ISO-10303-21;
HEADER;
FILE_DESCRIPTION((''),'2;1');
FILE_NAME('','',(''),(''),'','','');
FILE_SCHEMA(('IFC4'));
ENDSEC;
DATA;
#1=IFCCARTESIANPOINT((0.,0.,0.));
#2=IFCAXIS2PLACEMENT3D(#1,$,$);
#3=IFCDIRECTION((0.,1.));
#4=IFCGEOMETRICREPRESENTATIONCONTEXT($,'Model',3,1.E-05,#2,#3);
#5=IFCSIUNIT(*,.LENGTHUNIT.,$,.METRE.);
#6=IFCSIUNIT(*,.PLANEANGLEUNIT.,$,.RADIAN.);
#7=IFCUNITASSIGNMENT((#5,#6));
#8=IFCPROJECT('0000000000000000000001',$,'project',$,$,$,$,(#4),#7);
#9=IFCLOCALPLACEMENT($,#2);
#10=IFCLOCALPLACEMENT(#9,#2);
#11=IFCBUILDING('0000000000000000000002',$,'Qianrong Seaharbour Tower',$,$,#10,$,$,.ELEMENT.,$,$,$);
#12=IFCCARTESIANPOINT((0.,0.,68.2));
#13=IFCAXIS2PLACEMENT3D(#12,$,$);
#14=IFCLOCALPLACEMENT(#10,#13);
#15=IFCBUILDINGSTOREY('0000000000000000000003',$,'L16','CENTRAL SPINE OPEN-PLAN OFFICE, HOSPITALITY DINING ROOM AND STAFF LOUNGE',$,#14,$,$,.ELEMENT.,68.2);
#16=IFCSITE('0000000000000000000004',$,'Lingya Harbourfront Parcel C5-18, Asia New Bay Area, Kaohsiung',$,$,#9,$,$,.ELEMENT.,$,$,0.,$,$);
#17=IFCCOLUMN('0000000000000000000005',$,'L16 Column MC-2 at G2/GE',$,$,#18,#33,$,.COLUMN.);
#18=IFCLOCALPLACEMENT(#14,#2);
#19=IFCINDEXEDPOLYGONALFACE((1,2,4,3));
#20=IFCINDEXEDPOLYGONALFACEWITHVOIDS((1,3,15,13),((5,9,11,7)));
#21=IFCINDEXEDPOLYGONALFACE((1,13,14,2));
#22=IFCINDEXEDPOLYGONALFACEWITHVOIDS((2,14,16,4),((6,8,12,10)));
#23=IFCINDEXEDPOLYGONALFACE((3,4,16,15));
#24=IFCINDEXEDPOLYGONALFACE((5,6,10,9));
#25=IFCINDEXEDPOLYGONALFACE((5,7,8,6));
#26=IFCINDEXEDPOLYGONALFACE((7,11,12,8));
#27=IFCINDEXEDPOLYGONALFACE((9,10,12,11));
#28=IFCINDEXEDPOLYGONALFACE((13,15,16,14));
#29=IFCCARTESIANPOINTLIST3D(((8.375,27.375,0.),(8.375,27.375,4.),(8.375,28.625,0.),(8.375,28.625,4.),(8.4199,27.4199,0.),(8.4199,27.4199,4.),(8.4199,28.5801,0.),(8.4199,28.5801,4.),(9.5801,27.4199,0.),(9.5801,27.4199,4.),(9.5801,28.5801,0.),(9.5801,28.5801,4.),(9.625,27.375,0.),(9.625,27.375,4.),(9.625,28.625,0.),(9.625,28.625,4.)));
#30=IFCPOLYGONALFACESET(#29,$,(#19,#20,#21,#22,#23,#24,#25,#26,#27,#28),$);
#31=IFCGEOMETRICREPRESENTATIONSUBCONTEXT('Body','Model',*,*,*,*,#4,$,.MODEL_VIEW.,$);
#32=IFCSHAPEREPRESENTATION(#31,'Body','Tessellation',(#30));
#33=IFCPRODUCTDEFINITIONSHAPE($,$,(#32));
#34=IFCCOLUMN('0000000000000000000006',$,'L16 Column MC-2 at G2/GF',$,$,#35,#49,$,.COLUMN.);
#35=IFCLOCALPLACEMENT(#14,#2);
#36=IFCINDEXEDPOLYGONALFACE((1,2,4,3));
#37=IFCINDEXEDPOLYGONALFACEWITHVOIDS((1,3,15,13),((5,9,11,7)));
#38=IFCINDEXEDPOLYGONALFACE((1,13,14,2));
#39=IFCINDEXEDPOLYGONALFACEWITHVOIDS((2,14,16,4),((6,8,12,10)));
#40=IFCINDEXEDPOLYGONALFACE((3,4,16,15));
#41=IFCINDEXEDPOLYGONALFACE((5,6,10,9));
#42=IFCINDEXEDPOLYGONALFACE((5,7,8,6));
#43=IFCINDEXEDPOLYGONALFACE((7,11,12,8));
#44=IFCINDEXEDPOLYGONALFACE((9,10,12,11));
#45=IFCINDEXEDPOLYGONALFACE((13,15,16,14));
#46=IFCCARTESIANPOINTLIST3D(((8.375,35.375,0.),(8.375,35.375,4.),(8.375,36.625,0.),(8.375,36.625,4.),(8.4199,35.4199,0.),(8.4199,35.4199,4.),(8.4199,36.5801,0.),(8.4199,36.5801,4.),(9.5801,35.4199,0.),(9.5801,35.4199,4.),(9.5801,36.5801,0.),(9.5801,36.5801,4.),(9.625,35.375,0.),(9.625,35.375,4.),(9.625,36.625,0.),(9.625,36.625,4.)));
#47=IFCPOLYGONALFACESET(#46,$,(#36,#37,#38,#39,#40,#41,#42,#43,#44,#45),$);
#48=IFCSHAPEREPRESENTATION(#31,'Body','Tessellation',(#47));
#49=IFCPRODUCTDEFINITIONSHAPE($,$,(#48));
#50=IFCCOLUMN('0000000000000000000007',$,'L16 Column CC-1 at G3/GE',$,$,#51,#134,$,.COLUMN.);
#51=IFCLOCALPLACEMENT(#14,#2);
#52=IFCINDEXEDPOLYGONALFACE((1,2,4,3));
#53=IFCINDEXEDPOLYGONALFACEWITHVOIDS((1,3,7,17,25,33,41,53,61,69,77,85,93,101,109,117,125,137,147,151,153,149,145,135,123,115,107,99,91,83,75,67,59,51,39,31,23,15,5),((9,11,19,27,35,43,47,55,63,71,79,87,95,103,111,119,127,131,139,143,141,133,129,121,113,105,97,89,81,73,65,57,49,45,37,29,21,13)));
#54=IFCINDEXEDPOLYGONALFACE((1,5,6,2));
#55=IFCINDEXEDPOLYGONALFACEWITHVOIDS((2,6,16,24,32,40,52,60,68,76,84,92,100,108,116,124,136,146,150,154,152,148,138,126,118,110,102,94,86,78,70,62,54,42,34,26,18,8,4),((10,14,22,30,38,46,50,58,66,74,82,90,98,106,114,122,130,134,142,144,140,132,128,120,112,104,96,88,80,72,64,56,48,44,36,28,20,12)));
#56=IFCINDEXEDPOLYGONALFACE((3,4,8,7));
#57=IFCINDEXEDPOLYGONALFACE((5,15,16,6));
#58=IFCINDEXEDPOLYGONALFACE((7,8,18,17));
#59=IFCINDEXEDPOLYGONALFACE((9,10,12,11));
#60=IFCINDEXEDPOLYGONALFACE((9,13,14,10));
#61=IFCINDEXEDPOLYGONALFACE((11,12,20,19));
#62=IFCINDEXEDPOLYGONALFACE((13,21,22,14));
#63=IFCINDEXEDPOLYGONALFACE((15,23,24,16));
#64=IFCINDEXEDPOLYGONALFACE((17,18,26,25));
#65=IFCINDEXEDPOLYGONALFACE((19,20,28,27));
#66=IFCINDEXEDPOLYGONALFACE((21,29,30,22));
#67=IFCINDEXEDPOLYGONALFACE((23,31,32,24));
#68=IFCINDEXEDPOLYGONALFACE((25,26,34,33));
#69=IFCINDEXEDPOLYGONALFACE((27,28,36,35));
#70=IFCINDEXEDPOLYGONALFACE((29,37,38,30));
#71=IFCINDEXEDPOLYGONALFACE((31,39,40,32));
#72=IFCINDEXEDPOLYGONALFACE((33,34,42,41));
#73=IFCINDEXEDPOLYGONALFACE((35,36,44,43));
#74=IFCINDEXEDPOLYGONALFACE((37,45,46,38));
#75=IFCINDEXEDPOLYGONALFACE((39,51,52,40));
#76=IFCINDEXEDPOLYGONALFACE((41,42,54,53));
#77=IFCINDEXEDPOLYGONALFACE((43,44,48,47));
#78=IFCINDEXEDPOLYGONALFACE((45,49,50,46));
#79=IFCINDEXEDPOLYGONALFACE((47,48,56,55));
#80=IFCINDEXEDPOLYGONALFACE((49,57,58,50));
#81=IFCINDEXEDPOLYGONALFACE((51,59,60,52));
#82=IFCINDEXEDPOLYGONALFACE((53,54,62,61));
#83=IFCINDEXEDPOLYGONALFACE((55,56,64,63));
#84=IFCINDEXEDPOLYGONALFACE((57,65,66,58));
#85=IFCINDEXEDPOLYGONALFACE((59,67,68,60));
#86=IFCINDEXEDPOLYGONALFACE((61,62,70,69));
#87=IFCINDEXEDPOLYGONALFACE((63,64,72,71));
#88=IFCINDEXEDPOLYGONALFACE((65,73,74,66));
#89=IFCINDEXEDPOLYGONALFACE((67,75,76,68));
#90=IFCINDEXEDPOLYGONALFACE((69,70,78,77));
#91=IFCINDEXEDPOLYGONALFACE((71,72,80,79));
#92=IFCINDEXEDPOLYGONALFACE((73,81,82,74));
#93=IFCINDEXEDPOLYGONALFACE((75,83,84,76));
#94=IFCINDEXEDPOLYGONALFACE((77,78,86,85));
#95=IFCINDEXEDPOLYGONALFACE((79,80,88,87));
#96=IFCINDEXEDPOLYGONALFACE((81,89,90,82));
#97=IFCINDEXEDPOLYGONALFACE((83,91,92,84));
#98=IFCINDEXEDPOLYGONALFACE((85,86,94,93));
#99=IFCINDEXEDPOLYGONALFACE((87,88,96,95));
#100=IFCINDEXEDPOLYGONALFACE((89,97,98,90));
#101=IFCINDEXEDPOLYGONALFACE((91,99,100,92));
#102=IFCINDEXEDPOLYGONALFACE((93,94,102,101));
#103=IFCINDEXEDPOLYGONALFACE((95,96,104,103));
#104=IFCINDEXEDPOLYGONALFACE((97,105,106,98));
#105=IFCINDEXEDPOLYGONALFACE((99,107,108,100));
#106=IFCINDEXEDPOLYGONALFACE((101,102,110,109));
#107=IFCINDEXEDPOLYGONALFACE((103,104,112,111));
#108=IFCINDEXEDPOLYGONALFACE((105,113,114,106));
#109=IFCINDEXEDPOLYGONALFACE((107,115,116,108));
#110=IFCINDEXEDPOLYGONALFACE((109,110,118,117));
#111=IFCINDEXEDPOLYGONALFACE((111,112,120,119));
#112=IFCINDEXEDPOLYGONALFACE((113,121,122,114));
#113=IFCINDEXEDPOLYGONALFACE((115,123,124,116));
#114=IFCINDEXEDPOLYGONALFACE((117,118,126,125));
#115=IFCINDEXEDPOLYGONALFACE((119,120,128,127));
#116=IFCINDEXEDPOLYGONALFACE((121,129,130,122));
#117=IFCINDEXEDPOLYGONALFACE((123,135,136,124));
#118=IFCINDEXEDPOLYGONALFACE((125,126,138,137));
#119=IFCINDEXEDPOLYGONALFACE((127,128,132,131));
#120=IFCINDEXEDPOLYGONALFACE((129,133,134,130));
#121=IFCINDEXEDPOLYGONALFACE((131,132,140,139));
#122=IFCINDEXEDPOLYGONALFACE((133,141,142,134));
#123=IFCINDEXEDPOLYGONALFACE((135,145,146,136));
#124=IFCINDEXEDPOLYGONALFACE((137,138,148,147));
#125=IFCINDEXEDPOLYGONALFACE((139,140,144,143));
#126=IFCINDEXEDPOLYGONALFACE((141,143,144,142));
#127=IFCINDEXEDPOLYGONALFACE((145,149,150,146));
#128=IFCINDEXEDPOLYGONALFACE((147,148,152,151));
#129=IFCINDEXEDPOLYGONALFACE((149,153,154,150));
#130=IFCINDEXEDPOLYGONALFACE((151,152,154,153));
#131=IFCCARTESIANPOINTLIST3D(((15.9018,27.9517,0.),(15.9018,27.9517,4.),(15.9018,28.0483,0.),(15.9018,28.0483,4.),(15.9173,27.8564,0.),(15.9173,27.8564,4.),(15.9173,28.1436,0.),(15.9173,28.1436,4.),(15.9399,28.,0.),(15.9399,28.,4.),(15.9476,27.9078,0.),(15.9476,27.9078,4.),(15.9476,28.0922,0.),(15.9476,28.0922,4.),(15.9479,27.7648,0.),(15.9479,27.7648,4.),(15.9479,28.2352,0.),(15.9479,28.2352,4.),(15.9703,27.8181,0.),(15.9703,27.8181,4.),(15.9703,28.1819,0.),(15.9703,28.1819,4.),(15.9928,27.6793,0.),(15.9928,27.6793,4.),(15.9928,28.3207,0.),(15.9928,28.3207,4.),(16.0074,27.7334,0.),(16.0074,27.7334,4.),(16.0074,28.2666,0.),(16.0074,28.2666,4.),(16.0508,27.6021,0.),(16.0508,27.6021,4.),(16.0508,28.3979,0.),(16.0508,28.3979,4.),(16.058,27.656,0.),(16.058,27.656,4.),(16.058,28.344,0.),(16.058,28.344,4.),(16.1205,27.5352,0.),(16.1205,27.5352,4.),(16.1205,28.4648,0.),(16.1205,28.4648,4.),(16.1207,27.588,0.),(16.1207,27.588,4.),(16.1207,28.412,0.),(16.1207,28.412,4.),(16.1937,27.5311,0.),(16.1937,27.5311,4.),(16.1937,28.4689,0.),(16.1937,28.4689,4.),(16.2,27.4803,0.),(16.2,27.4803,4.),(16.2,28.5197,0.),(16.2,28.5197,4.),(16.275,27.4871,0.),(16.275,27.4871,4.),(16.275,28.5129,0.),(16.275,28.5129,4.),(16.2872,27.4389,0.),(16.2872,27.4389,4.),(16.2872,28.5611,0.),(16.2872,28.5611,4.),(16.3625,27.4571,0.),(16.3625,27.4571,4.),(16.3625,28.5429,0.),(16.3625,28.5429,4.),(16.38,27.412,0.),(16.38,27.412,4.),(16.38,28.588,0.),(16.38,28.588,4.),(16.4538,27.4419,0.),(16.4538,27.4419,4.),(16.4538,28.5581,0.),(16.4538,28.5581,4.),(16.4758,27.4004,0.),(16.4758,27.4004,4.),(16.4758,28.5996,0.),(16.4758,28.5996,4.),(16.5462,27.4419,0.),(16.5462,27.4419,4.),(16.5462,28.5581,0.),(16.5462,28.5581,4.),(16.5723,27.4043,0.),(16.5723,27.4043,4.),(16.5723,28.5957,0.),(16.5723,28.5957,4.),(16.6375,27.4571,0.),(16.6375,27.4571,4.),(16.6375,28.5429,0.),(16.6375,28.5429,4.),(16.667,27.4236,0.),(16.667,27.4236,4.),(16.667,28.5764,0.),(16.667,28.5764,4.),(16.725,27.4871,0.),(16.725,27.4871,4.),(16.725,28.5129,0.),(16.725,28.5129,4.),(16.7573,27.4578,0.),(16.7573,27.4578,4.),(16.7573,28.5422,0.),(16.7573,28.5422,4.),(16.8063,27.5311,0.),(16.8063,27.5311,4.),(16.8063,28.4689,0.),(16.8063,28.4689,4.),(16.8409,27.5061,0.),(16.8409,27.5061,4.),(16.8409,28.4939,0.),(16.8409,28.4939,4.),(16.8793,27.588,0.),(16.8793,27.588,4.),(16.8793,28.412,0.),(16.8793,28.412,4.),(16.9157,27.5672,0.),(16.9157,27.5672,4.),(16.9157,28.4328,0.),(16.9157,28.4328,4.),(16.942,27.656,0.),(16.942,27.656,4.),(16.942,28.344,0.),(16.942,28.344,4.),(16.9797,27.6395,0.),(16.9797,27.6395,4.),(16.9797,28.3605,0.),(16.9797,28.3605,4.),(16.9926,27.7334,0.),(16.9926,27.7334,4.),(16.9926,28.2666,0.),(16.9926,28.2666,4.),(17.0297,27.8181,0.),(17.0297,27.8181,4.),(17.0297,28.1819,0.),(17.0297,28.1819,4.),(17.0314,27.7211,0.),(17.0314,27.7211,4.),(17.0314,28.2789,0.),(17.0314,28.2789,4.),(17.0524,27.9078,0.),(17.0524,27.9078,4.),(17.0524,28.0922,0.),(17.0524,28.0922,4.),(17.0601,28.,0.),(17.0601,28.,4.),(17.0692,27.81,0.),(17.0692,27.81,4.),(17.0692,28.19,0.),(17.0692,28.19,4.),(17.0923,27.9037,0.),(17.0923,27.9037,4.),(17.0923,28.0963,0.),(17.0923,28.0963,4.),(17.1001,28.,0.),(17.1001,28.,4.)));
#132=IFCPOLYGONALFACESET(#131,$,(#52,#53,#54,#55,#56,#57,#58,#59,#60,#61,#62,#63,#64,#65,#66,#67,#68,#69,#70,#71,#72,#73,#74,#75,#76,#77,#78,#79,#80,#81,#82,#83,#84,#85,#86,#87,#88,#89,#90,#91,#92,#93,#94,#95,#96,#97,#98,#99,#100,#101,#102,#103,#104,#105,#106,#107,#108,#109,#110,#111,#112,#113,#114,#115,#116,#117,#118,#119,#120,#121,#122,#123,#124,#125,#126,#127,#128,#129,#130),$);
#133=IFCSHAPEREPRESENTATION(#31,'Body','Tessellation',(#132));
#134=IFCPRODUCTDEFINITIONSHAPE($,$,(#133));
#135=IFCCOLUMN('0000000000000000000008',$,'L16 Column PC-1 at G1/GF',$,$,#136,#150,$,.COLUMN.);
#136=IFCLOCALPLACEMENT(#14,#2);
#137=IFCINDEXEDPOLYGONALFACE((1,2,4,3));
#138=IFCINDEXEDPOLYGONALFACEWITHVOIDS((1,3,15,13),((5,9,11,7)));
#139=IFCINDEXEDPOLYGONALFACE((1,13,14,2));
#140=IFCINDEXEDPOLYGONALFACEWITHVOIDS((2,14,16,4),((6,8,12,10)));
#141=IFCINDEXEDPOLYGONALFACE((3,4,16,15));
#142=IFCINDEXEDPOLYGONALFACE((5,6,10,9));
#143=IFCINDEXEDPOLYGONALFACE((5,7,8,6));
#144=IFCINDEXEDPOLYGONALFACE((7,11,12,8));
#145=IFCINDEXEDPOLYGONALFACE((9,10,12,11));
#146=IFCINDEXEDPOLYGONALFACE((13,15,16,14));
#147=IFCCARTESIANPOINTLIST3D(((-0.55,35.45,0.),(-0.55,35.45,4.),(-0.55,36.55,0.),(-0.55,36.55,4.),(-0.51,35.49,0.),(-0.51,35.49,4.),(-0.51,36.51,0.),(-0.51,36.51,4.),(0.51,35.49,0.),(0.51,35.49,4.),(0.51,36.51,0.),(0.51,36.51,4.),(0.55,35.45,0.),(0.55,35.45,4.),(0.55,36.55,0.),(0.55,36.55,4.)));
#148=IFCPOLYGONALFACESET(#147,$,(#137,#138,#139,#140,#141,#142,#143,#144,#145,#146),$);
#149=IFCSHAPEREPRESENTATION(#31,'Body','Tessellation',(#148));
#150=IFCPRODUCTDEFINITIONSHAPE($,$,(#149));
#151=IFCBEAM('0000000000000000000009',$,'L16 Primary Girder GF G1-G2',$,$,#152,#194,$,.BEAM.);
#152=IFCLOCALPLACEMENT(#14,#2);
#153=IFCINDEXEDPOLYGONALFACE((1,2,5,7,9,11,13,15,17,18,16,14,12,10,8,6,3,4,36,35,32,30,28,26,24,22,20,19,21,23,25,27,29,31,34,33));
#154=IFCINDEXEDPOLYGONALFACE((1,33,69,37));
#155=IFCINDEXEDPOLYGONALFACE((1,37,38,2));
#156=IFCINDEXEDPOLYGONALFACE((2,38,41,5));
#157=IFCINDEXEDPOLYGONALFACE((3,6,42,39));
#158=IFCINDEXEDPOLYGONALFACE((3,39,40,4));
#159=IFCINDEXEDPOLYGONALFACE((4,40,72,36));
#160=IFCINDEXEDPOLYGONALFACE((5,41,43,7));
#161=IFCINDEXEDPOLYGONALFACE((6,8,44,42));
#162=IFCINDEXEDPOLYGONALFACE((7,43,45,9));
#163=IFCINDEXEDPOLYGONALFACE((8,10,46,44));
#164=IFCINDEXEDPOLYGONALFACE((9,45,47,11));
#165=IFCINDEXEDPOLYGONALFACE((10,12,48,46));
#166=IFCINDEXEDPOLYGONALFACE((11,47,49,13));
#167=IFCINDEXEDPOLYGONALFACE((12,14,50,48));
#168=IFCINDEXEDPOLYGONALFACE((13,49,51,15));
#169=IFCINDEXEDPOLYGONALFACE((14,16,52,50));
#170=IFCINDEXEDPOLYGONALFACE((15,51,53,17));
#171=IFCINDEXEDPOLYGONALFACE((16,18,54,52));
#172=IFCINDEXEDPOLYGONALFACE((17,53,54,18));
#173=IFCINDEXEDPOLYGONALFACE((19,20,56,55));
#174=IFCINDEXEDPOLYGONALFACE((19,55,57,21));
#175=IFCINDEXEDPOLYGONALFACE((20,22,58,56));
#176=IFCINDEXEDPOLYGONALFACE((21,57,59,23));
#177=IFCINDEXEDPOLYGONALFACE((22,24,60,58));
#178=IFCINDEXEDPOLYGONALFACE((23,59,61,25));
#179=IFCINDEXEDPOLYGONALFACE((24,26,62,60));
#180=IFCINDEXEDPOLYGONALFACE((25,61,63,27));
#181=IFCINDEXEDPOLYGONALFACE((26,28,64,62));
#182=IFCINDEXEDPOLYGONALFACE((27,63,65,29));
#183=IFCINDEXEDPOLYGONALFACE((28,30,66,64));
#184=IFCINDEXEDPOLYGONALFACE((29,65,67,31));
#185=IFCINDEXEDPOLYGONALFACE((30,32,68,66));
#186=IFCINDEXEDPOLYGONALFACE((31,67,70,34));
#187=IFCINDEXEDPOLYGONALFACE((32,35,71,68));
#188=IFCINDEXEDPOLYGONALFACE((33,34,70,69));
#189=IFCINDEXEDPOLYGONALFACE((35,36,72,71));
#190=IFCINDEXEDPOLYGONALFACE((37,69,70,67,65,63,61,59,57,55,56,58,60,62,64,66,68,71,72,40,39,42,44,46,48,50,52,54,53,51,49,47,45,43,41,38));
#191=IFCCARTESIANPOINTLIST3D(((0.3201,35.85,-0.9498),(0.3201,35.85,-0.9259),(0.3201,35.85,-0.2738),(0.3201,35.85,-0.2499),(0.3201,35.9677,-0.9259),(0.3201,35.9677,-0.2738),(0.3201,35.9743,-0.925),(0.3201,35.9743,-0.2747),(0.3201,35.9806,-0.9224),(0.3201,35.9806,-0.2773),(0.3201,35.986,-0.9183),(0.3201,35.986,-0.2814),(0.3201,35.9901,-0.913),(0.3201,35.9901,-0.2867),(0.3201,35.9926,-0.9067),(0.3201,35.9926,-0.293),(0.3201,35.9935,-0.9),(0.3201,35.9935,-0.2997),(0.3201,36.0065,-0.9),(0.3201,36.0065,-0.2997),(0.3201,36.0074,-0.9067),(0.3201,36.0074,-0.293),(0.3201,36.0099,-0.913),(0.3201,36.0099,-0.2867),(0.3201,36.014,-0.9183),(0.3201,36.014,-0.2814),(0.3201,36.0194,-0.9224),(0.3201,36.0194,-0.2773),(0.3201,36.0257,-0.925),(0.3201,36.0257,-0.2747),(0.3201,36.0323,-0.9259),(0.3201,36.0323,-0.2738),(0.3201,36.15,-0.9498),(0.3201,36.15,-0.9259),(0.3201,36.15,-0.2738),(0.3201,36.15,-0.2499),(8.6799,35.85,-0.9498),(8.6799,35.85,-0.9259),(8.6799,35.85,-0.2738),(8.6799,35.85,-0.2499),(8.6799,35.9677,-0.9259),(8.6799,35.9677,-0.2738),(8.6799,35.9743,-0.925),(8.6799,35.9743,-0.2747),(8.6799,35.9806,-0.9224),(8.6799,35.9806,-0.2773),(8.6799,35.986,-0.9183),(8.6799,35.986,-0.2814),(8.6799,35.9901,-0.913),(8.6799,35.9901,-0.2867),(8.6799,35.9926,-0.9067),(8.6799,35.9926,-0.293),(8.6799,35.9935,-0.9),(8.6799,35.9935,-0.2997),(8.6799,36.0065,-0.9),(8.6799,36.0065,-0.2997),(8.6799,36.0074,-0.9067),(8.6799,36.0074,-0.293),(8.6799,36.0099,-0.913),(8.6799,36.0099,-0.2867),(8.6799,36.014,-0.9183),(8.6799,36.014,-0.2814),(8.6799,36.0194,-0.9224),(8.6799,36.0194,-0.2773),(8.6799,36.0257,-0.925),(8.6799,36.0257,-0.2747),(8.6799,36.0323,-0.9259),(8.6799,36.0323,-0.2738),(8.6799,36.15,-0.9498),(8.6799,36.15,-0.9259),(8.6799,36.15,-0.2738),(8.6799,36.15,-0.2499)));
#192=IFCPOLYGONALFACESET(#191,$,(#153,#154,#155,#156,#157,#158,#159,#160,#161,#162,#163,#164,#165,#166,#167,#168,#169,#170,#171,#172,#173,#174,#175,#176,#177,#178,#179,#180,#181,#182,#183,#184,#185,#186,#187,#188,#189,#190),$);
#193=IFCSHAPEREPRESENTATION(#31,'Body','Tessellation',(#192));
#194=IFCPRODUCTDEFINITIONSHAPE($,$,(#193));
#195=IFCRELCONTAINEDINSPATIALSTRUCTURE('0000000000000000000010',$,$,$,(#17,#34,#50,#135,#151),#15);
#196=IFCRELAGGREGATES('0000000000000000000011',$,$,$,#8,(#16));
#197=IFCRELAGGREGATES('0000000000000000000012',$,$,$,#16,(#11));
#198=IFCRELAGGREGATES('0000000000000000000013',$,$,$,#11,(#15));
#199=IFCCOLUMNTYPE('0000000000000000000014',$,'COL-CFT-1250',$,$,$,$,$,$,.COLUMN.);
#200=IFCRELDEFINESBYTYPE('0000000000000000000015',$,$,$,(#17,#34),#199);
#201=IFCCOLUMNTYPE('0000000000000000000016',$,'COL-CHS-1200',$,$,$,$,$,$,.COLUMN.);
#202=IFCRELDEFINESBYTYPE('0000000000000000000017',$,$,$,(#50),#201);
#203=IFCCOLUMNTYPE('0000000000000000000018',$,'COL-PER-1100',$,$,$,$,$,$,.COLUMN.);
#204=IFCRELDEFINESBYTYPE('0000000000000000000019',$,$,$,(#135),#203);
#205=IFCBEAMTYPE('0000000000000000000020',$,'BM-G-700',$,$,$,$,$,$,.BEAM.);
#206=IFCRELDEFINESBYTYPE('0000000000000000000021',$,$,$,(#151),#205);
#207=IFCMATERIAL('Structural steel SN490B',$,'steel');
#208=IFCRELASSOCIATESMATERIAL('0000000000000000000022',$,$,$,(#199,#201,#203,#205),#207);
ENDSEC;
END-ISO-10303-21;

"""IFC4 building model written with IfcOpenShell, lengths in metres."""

from ifc_helpers import new_model, si_unit, direction, frame, origin, origin_2d, place, context, subcontext, project, spatial, hollow_rectangle, hollow_circle, i_section, extrude, material, material_profile, profile_set, type_object, element, save


model = new_model("IFC4")

# Units and contexts
model_context = context("Model", 3, precision=1e-05, world=origin(), true_north=direction((0.0, 1.0)))
body_context = subcontext(model_context, "Body", "Model", "MODEL_VIEW")
ifc_project = project(units=[si_unit("LENGTHUNIT", "METRE"), si_unit("PLANEANGLEUNIT", "RADIAN")], contexts=[model_context])

# Site, building, storey
site_placement = place(None, origin())
site = spatial("IfcSite", under=ifc_project, at=site_placement, Name="Lingya Harbourfront Parcel C5-18, Asia New Bay Area, Kaohsiung", CompositionType="ELEMENT", RefElevation=0.0)
building_placement = place(site_placement, origin())
building = spatial("IfcBuilding", under=site, at=building_placement, Name="Qianrong Seaharbour Tower", CompositionType="ELEMENT")
storey_placement = place(building_placement, frame((0.0, 0.0, 68.2)))
storey = spatial("IfcBuildingStorey", under=building, at=storey_placement, Name="L16", Description="CENTRAL SPINE OPEN-PLAN OFFICE, HOSPITALITY DINING ROOM AND STAFF LOUNGE", CompositionType="ELEMENT", Elevation=68.2)

# Columns
ifc_material_1 = material(Name="Structural steel SN490B", Category="steel")
ifc_material_profile_1 = material_profile(ifc_material_1, hollow_rectangle(XDim=1.25, YDim=1.25, WallThickness=0.0449, at=origin_2d()), Name="BOX1250x1250x45")
ifc_profile_set_1 = profile_set([ifc_material_profile_1], Name="Structural steel SN490B")
column_type_1 = type_object("IfcColumnType", Name="COL-CFT-1250", PredefinedType="COLUMN", material=ifc_profile_set_1)
for number, where, z_axis, x_axis, name in (
    (1, (9.0, 28.0, 0.0), (0.0, 0.0, 1.0), (1.0, 0.0, 0.0), "L16 Column MC-2 at G2/GE"),
    (2, (9.0, 36.0, 0.0), (0.0, 0.0, 1.0), (1.0, 0.0, 0.0), "L16 Column MC-2 at G2/GF"),
):
    element("IfcColumn", number, at=place(storey_placement, frame(where, z_axis=z_axis, x_axis=x_axis)), inside=storey, type_object=column_type_1, Name=name, PredefinedType="COLUMN", context=body_context, shape_type="SweptSolid", body=[
        extrude(hollow_rectangle(XDim=1.25, YDim=1.25, WallThickness=0.0449, at=origin_2d()), origin(), (0.0, 0.0, 1.0), 4.0),
    ])
ifc_material_profile_2 = material_profile(ifc_material_1, hollow_circle(Radius=0.6001, WallThickness=0.04, at=origin_2d()), Name="CHS1200x40")
ifc_profile_set_2 = profile_set([ifc_material_profile_2], Name="Structural steel SN490B")
column_type_2 = type_object("IfcColumnType", Name="COL-CHS-1200", PredefinedType="COLUMN", material=ifc_profile_set_2)
column_1_placement = place(storey_placement, frame((16.5, 28.0, 0.0), z_axis=(0.0, 0.0, 1.0), x_axis=(1.0, 0.0, 0.0)))
element("IfcColumn", 3, at=column_1_placement, inside=storey, type_object=column_type_2, Name="L16 Column CC-1 at G3/GE", PredefinedType="COLUMN", context=body_context, shape_type="SweptSolid", body=[
    extrude(hollow_circle(Radius=0.6001, WallThickness=0.04, at=origin_2d()), origin(), (0.0, 0.0, 1.0), 4.0),
])
ifc_material_profile_3 = material_profile(ifc_material_1, hollow_rectangle(XDim=1.1001, YDim=1.1001, WallThickness=0.04, at=origin_2d()), Name="BOX1100x1100x40")
ifc_profile_set_3 = profile_set([ifc_material_profile_3], Name="Structural steel SN490B")
column_type_3 = type_object("IfcColumnType", Name="COL-PER-1100", PredefinedType="COLUMN", material=ifc_profile_set_3)
column_2_placement = place(storey_placement, frame((0.0, 36.0, 0.0), z_axis=(0.0, 0.0, 1.0), x_axis=(1.0, 0.0, 0.0)))
element("IfcColumn", 4, at=column_2_placement, inside=storey, type_object=column_type_3, Name="L16 Column PC-1 at G1/GF", PredefinedType="COLUMN", context=body_context, shape_type="SweptSolid", body=[
    extrude(hollow_rectangle(XDim=1.1001, YDim=1.1001, WallThickness=0.04, at=origin_2d()), origin(), (0.0, 0.0, 1.0), 4.0),
])

# Beam
ifc_material_profile_4 = material_profile(ifc_material_1, i_section(OverallWidth=0.3, OverallDepth=0.7, WebThickness=0.0129, FlangeThickness=0.0239, FilletRadius=0.0259, at=origin_2d()), Name="H700x300x13x24")
ifc_profile_set_4 = profile_set([ifc_material_profile_4], Name="Structural steel SN490B")
beam_type_1 = type_object("IfcBeamType", Name="BM-G-700", PredefinedType="BEAM", material=ifc_profile_set_4)
beam_1_placement = place(storey_placement, frame((0.3201, 36.0, -0.5999), z_axis=(1.0, 0.0, 0.0), x_axis=(0.0, 1.0, 0.0)))
element("IfcBeam", 5, at=beam_1_placement, inside=storey, type_object=beam_type_1, Name="L16 Primary Girder GF G1-G2", PredefinedType="BEAM", context=body_context, shape_type="SweptSolid", body=[
    extrude(i_section(OverallWidth=0.3, OverallDepth=0.7, WebThickness=0.0129, FlangeThickness=0.0239, FilletRadius=0.0259, at=origin_2d()), origin(), (0.0, 0.0, 1.0), 8.3599),
])

save(model, "model.ifc")
